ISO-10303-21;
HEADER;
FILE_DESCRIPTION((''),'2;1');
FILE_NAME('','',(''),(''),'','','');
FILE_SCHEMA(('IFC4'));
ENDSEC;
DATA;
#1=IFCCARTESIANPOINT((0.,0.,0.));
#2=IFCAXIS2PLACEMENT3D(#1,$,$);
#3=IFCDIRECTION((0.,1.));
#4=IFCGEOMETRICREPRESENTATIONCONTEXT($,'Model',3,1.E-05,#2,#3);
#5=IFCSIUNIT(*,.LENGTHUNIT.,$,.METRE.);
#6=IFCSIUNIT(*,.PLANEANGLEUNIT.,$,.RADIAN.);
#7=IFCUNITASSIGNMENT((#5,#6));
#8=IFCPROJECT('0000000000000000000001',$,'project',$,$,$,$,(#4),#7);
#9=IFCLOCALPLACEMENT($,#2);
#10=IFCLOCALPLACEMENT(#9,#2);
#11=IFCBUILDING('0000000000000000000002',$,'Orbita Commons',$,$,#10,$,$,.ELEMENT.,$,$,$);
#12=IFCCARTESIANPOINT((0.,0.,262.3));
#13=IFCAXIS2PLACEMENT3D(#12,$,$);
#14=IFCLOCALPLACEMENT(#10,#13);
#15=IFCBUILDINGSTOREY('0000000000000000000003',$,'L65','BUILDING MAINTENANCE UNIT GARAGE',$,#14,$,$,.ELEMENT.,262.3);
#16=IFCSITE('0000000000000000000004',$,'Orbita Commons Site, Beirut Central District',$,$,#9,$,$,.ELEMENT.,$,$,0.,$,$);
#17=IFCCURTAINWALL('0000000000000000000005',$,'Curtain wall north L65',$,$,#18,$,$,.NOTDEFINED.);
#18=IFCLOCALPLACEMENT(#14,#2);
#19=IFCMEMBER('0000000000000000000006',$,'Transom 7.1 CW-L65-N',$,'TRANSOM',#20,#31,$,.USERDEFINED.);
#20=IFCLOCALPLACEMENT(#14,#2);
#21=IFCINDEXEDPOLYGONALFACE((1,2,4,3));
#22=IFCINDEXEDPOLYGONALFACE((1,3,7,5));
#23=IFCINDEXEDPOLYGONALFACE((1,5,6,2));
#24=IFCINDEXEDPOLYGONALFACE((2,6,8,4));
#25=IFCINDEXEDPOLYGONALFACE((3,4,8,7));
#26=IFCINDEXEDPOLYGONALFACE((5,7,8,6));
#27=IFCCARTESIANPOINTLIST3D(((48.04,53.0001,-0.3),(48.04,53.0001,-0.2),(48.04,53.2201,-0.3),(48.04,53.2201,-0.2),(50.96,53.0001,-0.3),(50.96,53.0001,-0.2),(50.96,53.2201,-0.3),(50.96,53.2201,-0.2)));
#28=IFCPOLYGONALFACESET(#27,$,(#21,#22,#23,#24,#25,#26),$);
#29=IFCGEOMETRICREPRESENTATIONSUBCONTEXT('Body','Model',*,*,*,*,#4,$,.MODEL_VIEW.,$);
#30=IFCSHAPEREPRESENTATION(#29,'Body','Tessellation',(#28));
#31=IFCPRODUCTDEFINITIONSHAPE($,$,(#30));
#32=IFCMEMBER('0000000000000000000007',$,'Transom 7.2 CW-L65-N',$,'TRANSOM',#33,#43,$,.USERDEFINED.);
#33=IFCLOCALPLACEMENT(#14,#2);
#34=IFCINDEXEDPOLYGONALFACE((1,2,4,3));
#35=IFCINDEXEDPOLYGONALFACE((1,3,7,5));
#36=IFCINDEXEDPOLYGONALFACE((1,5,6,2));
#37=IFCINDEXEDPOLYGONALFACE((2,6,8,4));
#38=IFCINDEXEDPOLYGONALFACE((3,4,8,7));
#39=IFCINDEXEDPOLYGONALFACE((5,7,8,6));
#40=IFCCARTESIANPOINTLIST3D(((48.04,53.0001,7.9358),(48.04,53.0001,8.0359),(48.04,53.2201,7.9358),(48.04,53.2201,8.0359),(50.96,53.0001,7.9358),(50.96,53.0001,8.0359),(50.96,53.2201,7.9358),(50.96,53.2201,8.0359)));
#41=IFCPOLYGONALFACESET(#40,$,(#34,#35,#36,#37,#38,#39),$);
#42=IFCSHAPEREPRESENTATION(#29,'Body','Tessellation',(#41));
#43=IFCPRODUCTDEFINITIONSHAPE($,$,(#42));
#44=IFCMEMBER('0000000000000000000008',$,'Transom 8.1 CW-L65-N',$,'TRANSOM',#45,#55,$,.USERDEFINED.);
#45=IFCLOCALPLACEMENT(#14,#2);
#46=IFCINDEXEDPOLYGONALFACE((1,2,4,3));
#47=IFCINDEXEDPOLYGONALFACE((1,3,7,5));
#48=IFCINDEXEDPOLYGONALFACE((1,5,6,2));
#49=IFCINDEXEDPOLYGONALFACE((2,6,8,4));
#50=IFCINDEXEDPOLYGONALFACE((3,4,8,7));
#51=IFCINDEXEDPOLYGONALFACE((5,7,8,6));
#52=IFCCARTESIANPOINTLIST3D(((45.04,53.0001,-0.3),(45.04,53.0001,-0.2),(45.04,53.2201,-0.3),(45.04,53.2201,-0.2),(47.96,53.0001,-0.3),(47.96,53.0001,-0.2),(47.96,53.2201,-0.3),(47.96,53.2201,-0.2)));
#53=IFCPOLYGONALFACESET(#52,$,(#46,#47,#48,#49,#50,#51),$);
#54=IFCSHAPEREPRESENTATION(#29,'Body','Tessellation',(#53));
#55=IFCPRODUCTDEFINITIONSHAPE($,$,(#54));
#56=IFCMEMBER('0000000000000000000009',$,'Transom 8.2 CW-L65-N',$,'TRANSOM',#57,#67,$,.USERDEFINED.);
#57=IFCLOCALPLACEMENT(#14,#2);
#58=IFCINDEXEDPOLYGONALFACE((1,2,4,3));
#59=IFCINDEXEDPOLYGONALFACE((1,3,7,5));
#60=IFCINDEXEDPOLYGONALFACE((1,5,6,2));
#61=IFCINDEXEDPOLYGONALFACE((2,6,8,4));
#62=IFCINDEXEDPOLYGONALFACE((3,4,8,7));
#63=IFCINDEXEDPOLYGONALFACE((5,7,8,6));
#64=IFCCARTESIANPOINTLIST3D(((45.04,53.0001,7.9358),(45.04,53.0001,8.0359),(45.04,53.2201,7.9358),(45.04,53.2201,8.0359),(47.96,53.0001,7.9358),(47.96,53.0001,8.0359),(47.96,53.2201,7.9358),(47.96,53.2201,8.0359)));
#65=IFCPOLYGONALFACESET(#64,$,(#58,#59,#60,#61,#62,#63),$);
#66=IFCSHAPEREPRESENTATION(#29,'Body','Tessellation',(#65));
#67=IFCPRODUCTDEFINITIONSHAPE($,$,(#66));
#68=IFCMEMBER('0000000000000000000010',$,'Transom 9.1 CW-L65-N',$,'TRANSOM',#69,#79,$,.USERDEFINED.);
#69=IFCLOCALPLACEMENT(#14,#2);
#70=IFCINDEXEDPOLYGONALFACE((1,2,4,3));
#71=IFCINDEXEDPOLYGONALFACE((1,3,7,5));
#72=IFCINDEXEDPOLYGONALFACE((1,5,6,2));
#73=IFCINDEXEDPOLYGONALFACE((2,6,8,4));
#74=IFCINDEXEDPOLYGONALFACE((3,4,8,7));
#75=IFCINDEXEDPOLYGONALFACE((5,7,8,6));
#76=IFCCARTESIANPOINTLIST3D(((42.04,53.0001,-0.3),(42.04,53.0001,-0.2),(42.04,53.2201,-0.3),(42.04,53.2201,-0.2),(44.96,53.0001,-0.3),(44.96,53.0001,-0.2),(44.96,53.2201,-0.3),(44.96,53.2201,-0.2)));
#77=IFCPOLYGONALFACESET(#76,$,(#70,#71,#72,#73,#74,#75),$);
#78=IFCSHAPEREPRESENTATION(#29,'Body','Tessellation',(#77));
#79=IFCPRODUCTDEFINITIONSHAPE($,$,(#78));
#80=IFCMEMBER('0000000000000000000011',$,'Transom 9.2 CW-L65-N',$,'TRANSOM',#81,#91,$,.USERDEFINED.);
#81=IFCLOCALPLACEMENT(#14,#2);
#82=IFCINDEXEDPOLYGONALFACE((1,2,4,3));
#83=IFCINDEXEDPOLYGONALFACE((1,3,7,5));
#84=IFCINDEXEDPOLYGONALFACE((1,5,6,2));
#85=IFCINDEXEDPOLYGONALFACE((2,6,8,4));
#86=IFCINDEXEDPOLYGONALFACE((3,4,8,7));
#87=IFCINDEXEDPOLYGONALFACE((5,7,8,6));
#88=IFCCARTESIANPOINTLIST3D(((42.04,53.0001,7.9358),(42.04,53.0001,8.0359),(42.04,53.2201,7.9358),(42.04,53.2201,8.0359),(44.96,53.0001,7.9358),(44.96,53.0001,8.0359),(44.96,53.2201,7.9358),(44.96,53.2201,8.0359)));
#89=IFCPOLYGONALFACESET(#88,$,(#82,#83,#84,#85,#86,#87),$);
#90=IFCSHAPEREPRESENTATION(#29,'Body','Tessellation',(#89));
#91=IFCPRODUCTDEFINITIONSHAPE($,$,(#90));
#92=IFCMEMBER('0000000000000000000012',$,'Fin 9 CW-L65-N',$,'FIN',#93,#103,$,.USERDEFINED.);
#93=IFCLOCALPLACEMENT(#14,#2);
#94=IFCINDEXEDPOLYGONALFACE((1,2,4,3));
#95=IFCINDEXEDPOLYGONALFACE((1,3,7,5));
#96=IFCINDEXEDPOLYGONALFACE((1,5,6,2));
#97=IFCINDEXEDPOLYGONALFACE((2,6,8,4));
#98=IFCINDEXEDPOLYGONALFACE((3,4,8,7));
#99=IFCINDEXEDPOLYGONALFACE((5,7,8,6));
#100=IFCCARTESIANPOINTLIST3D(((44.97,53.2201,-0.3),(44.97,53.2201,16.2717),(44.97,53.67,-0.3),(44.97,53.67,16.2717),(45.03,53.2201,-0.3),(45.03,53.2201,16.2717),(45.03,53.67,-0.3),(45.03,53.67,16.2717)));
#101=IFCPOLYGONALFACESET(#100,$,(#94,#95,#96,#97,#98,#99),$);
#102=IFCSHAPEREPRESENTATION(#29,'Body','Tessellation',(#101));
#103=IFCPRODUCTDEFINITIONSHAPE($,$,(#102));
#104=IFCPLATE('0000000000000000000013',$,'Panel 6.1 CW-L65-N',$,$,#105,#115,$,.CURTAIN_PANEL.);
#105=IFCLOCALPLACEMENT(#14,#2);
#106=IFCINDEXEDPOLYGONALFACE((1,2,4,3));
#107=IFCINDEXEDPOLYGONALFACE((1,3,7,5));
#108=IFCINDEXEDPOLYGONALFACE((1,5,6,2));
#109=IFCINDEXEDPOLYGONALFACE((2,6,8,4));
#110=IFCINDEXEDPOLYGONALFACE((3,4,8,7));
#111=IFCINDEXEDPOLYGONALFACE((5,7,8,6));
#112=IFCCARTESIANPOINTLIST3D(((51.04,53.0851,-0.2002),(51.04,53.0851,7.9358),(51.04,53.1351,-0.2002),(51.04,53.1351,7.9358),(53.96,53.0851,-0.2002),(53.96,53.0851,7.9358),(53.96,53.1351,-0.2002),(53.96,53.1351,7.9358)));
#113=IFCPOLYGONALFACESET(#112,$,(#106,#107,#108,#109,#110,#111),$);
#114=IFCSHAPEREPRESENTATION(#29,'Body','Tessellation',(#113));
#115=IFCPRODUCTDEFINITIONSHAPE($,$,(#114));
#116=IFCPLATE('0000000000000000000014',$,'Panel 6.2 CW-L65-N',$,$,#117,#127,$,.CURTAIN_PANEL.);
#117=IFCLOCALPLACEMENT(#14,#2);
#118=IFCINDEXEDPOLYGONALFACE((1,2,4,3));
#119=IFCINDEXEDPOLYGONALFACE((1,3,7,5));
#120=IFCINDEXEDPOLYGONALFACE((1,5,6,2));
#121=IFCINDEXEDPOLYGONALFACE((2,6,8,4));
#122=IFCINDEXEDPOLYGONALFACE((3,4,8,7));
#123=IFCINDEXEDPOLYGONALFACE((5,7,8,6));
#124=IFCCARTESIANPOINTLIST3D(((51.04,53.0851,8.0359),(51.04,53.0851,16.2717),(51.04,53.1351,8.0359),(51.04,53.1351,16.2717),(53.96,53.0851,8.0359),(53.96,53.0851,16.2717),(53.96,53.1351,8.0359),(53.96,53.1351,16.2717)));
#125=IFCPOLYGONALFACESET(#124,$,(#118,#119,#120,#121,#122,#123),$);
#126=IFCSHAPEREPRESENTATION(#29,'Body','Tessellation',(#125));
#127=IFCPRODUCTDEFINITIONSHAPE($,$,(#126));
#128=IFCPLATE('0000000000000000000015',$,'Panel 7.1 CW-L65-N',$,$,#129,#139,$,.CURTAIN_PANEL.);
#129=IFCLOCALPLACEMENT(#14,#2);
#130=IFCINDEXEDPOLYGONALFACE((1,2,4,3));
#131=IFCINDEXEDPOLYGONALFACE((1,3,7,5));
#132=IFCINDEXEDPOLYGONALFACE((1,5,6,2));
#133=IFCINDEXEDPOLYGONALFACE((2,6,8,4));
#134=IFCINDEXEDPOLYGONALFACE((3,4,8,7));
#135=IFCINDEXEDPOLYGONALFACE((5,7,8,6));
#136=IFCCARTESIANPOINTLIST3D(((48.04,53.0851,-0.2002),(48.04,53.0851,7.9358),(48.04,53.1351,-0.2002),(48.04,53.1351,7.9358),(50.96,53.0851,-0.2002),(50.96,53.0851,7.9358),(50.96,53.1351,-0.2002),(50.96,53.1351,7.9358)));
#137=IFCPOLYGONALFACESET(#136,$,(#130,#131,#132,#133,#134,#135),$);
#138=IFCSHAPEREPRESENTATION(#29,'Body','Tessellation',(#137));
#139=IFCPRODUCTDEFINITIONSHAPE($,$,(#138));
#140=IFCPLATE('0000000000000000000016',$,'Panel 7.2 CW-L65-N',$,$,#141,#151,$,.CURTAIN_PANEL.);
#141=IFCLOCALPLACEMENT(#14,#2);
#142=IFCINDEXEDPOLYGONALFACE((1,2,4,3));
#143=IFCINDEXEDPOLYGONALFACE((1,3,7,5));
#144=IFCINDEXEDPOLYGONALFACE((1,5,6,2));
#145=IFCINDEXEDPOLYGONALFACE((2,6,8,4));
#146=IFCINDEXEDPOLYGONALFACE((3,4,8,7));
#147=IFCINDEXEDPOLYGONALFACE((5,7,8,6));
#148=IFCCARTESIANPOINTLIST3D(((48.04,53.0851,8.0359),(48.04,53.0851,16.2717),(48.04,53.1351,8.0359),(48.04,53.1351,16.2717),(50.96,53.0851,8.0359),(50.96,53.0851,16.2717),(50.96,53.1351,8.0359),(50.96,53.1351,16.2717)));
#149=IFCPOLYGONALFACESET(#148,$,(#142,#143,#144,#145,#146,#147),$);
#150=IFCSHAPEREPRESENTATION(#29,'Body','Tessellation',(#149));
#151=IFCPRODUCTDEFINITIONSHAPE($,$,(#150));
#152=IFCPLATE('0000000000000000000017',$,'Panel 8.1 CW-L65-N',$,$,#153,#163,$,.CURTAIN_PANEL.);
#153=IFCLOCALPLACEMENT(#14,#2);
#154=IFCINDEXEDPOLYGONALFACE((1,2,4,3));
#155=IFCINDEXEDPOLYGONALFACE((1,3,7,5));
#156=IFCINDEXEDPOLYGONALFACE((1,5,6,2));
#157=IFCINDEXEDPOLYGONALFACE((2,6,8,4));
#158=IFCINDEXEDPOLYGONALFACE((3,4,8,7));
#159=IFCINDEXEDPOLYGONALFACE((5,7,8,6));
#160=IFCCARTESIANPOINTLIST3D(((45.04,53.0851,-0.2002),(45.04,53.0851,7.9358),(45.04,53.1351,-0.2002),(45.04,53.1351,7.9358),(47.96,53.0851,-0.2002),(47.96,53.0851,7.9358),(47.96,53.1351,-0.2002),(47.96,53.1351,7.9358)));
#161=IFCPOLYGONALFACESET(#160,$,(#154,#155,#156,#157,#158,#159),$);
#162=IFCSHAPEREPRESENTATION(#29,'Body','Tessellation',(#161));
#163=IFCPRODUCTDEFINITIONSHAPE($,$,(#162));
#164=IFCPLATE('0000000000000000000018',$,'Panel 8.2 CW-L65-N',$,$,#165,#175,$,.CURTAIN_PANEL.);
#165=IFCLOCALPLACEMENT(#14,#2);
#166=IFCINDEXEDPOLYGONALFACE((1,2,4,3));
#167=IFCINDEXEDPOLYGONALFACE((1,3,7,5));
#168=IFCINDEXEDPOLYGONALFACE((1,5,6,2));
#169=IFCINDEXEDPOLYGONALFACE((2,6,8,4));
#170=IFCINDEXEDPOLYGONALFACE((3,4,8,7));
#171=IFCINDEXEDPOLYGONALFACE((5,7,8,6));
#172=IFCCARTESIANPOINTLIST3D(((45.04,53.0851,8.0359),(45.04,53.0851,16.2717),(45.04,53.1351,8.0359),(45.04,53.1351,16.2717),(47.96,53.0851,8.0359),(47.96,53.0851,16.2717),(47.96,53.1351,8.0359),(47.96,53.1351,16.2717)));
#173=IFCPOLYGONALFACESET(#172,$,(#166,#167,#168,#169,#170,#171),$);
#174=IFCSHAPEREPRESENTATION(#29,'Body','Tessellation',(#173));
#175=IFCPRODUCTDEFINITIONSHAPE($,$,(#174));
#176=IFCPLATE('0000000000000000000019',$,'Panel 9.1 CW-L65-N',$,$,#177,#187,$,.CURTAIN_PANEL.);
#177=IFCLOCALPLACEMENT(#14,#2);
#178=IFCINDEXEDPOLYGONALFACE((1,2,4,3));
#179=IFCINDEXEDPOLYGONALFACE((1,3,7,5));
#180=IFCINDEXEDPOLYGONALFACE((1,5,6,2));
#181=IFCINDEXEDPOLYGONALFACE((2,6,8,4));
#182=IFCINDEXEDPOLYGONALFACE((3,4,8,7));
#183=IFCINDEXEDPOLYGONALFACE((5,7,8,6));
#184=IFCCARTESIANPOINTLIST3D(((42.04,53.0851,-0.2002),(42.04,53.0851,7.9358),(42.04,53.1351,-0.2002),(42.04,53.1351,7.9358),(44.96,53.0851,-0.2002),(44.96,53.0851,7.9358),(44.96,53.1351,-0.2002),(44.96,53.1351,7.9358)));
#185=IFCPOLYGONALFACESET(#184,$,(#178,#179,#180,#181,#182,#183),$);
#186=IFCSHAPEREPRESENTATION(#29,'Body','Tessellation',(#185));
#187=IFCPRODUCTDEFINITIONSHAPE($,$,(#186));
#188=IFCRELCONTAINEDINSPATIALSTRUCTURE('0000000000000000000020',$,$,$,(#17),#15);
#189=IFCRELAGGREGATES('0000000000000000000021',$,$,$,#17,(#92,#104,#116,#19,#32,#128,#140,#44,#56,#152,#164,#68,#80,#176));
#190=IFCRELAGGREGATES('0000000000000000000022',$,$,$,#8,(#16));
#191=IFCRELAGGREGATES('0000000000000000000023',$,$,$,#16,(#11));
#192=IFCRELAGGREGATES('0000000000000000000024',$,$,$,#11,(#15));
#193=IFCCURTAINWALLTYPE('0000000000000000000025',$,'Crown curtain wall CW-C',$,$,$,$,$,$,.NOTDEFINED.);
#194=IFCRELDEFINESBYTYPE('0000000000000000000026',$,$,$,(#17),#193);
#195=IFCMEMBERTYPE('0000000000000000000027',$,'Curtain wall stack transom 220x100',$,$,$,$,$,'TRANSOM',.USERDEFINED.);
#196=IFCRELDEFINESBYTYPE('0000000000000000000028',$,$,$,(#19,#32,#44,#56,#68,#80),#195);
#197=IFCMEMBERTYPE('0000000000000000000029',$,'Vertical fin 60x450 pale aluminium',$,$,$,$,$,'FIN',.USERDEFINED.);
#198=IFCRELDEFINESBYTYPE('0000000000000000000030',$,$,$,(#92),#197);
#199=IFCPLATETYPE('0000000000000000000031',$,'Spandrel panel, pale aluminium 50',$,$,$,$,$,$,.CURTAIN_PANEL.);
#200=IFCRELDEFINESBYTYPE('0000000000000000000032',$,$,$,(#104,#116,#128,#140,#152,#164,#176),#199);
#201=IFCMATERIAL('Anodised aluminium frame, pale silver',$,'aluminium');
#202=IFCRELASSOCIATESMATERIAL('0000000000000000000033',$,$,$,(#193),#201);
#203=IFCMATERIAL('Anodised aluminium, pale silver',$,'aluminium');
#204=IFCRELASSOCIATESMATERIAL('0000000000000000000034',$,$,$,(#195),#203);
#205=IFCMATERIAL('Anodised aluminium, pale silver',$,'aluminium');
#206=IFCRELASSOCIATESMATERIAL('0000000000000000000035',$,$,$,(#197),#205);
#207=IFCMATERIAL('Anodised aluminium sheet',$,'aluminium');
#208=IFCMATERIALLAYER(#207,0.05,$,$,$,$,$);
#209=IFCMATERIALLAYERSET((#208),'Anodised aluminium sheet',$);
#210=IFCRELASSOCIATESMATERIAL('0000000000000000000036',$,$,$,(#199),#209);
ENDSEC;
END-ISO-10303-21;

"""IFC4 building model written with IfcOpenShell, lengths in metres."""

from ifc_helpers import new_model, si_unit, direction, frame, origin, origin_2d, place, context, subcontext, project, spatial, rectangle, extrude, material, layer, layer_set, material_profile, profile_set, type_object, element, aggregate, save


model = new_model("IFC4")

# Units and contexts
model_context = context("Model", 3, precision=1e-05, world=origin(), true_north=direction((0.0, 1.0)))
body_context = subcontext(model_context, "Body", "Model", "MODEL_VIEW")
ifc_project = project(units=[si_unit("LENGTHUNIT", "METRE"), si_unit("PLANEANGLEUNIT", "RADIAN")], contexts=[model_context])

# Site, building, storey
site_placement = place(None, origin())
site = spatial("IfcSite", under=ifc_project, at=site_placement, Name="Orbita Commons Site, Beirut Central District", CompositionType="ELEMENT", RefElevation=0.0)
building_placement = place(site_placement, origin())
building = spatial("IfcBuilding", under=site, at=building_placement, Name="Orbita Commons", CompositionType="ELEMENT")
storey_placement = place(building_placement, frame((0.0, 0.0, 262.3)))
storey = spatial("IfcBuildingStorey", under=building, at=storey_placement, Name="L65", Description="BUILDING MAINTENANCE UNIT GARAGE", CompositionType="ELEMENT", Elevation=262.3)

# Curtain wall, members, plates
ifc_material_1 = material(Name="Anodised aluminium frame, pale silver", Category="aluminium")
curtain_wall_type = type_object("IfcCurtainWallType", Name="Crown curtain wall CW-C", PredefinedType="NOTDEFINED", material=ifc_material_1)
curtain_wall_placement = place(storey_placement, origin())
curtain_wall = element("IfcCurtainWall", 1, at=curtain_wall_placement, inside=storey, type_object=curtain_wall_type, Name="Curtain wall north L65", PredefinedType="NOTDEFINED")
ifc_material_2 = material(Name="Anodised aluminium, pale silver", Category="aluminium")
ifc_material_profile_1 = material_profile(ifc_material_2, rectangle(XDim=0.22, YDim=0.1001, at=origin_2d()), Name="AL 220x100")
ifc_profile_set_1 = profile_set([ifc_material_profile_1], Name="Anodised aluminium, pale silver")
member_type_1 = type_object("IfcMemberType", Name="Curtain wall stack transom 220x100", ElementType="TRANSOM", PredefinedType="USERDEFINED", material=ifc_profile_set_1)
member_1_placement = place(storey_placement, frame((50.96, 53.1101, -0.25), z_axis=(-1.0, 0.0, 0.0), x_axis=(0.0, -1.0, 0.0)))
member_1 = element("IfcMember", 2, at=member_1_placement, type_object=member_type_1, Name="Transom 7.1 CW-L65-N", ObjectType="TRANSOM", PredefinedType="USERDEFINED", context=body_context, shape_type="SweptSolid", body=[
    extrude(rectangle(XDim=0.22, YDim=0.1001, at=origin_2d()), origin(), (0.0, 0.0, 1.0), 2.9199),
])
member_2_placement = place(storey_placement, frame((50.96, 53.1101, 7.9858), z_axis=(-1.0, 0.0, 0.0), x_axis=(0.0, -1.0, 0.0)))
member_2 = element("IfcMember", 3, at=member_2_placement, type_object=member_type_1, Name="Transom 7.2 CW-L65-N", ObjectType="TRANSOM", PredefinedType="USERDEFINED", context=body_context, shape_type="SweptSolid", body=[
    extrude(rectangle(XDim=0.22, YDim=0.1001, at=origin_2d()), origin(), (0.0, 0.0, 1.0), 2.9199),
])
member_3_placement = place(storey_placement, frame((47.96, 53.1101, -0.25), z_axis=(-1.0, 0.0, 0.0), x_axis=(0.0, -1.0, 0.0)))
member_3 = element("IfcMember", 4, at=member_3_placement, type_object=member_type_1, Name="Transom 8.1 CW-L65-N", ObjectType="TRANSOM", PredefinedType="USERDEFINED", context=body_context, shape_type="SweptSolid", body=[
    extrude(rectangle(XDim=0.22, YDim=0.1001, at=origin_2d()), origin(), (0.0, 0.0, 1.0), 2.9199),
])
member_4_placement = place(storey_placement, frame((47.96, 53.1101, 7.9858), z_axis=(-1.0, 0.0, 0.0), x_axis=(0.0, -1.0, 0.0)))
member_4 = element("IfcMember", 5, at=member_4_placement, type_object=member_type_1, Name="Transom 8.2 CW-L65-N", ObjectType="TRANSOM", PredefinedType="USERDEFINED", context=body_context, shape_type="SweptSolid", body=[
    extrude(rectangle(XDim=0.22, YDim=0.1001, at=origin_2d()), origin(), (0.0, 0.0, 1.0), 2.9199),
])
member_5_placement = place(storey_placement, frame((44.96, 53.1101, -0.25), z_axis=(-1.0, 0.0, 0.0), x_axis=(0.0, -1.0, 0.0)))
member_5 = element("IfcMember", 6, at=member_5_placement, type_object=member_type_1, Name="Transom 9.1 CW-L65-N", ObjectType="TRANSOM", PredefinedType="USERDEFINED", context=body_context, shape_type="SweptSolid", body=[
    extrude(rectangle(XDim=0.22, YDim=0.1001, at=origin_2d()), origin(), (0.0, 0.0, 1.0), 2.9199),
])
member_6_placement = place(storey_placement, frame((44.96, 53.1101, 7.9858), z_axis=(-1.0, 0.0, 0.0), x_axis=(0.0, -1.0, 0.0)))
member_6 = element("IfcMember", 7, at=member_6_placement, type_object=member_type_1, Name="Transom 9.2 CW-L65-N", ObjectType="TRANSOM", PredefinedType="USERDEFINED", context=body_context, shape_type="SweptSolid", body=[
    extrude(rectangle(XDim=0.22, YDim=0.1001, at=origin_2d()), origin(), (0.0, 0.0, 1.0), 2.9199),
])
ifc_material_3 = material(Name="Anodised aluminium, pale silver", Category="aluminium")
ifc_material_profile_2 = material_profile(ifc_material_3, rectangle(XDim=0.0601, YDim=0.45, at=origin_2d()), Name="FIN 60x450")
ifc_profile_set_2 = profile_set([ifc_material_profile_2], Name="Anodised aluminium, pale silver")
member_type_2 = type_object("IfcMemberType", Name="Vertical fin 60x450 pale aluminium", ElementType="FIN", PredefinedType="USERDEFINED", material=ifc_profile_set_2)
member_7_placement = place(storey_placement, frame((45.0, 53.4451, -0.3), z_axis=(0.0, 0.0, 1.0), x_axis=(-1.0, 0.0, 0.0)))
member_7 = element("IfcMember", 8, at=member_7_placement, type_object=member_type_2, Name="Fin 9 CW-L65-N", ObjectType="FIN", PredefinedType="USERDEFINED", context=body_context, shape_type="SweptSolid", body=[
    extrude(rectangle(XDim=0.0601, YDim=0.45, at=origin_2d()), origin(), (0.0, 0.0, 1.0), 16.5718),
])
ifc_material_4 = material(Name="Anodised aluminium sheet", Category="aluminium")
ifc_layer = layer(ifc_material_4, 0.05)
ifc_layer_set = layer_set([ifc_layer], Name="Anodised aluminium sheet")
plate_type = type_object("IfcPlateType", Name="Spandrel panel, pale aluminium 50", PredefinedType="CURTAIN_PANEL", material=ifc_layer_set)
plate_1_placement = place(storey_placement, frame((52.5, 53.1101, -0.2002), z_axis=(0.0, 0.0, 1.0), x_axis=(-1.0, 0.0, 0.0)))
plate_1 = element("IfcPlate", 9, at=plate_1_placement, type_object=plate_type, Name="Panel 6.1 CW-L65-N", PredefinedType="CURTAIN_PANEL", context=body_context, shape_type="SweptSolid", body=[
    extrude(rectangle(XDim=2.9199, YDim=0.05, at=origin_2d()), origin(), (0.0, 0.0, 1.0), 8.136),
])
plate_2_placement = place(storey_placement, frame((52.5, 53.1101, 8.0359), z_axis=(0.0, 0.0, 1.0), x_axis=(-1.0, 0.0, 0.0)))
plate_2 = element("IfcPlate", 10, at=plate_2_placement, type_object=plate_type, Name="Panel 6.2 CW-L65-N", PredefinedType="CURTAIN_PANEL", context=body_context, shape_type="SweptSolid", body=[
    extrude(rectangle(XDim=2.9199, YDim=0.05, at=origin_2d()), origin(), (0.0, 0.0, 1.0), 8.2358),
])
plate_3_placement = place(storey_placement, frame((49.5, 53.1101, -0.2002), z_axis=(0.0, 0.0, 1.0), x_axis=(-1.0, 0.0, 0.0)))
plate_3 = element("IfcPlate", 11, at=plate_3_placement, type_object=plate_type, Name="Panel 7.1 CW-L65-N", PredefinedType="CURTAIN_PANEL", context=body_context, shape_type="SweptSolid", body=[
    extrude(rectangle(XDim=2.9199, YDim=0.05, at=origin_2d()), origin(), (0.0, 0.0, 1.0), 8.136),
])
plate_4_placement = place(storey_placement, frame((49.5, 53.1101, 8.0359), z_axis=(0.0, 0.0, 1.0), x_axis=(-1.0, 0.0, 0.0)))
plate_4 = element("IfcPlate", 12, at=plate_4_placement, type_object=plate_type, Name="Panel 7.2 CW-L65-N", PredefinedType="CURTAIN_PANEL", context=body_context, shape_type="SweptSolid", body=[
    extrude(rectangle(XDim=2.9199, YDim=0.05, at=origin_2d()), origin(), (0.0, 0.0, 1.0), 8.2358),
])
plate_5_placement = place(storey_placement, frame((46.5, 53.1101, -0.2002), z_axis=(0.0, 0.0, 1.0), x_axis=(-1.0, 0.0, 0.0)))
plate_5 = element("IfcPlate", 13, at=plate_5_placement, type_object=plate_type, Name="Panel 8.1 CW-L65-N", PredefinedType="CURTAIN_PANEL", context=body_context, shape_type="SweptSolid", body=[
    extrude(rectangle(XDim=2.9199, YDim=0.05, at=origin_2d()), origin(), (0.0, 0.0, 1.0), 8.136),
])
plate_6_placement = place(storey_placement, frame((46.5, 53.1101, 8.0359), z_axis=(0.0, 0.0, 1.0), x_axis=(-1.0, 0.0, 0.0)))
plate_6 = element("IfcPlate", 14, at=plate_6_placement, type_object=plate_type, Name="Panel 8.2 CW-L65-N", PredefinedType="CURTAIN_PANEL", context=body_context, shape_type="SweptSolid", body=[
    extrude(rectangle(XDim=2.9199, YDim=0.05, at=origin_2d()), origin(), (0.0, 0.0, 1.0), 8.2358),
])
plate_7_placement = place(storey_placement, frame((43.5, 53.1101, -0.2002), z_axis=(0.0, 0.0, 1.0), x_axis=(-1.0, 0.0, 0.0)))
plate_7 = element("IfcPlate", 15, at=plate_7_placement, type_object=plate_type, Name="Panel 9.1 CW-L65-N", PredefinedType="CURTAIN_PANEL", context=body_context, shape_type="SweptSolid", body=[
    extrude(rectangle(XDim=2.9199, YDim=0.05, at=origin_2d()), origin(), (0.0, 0.0, 1.0), 8.136),
])
aggregate(curtain_wall, [member_7, plate_1, plate_2, member_1, member_2, plate_3, plate_4, member_3, member_4, plate_5, plate_6, member_5, member_6, plate_7])

save(model, "model.ifc")
